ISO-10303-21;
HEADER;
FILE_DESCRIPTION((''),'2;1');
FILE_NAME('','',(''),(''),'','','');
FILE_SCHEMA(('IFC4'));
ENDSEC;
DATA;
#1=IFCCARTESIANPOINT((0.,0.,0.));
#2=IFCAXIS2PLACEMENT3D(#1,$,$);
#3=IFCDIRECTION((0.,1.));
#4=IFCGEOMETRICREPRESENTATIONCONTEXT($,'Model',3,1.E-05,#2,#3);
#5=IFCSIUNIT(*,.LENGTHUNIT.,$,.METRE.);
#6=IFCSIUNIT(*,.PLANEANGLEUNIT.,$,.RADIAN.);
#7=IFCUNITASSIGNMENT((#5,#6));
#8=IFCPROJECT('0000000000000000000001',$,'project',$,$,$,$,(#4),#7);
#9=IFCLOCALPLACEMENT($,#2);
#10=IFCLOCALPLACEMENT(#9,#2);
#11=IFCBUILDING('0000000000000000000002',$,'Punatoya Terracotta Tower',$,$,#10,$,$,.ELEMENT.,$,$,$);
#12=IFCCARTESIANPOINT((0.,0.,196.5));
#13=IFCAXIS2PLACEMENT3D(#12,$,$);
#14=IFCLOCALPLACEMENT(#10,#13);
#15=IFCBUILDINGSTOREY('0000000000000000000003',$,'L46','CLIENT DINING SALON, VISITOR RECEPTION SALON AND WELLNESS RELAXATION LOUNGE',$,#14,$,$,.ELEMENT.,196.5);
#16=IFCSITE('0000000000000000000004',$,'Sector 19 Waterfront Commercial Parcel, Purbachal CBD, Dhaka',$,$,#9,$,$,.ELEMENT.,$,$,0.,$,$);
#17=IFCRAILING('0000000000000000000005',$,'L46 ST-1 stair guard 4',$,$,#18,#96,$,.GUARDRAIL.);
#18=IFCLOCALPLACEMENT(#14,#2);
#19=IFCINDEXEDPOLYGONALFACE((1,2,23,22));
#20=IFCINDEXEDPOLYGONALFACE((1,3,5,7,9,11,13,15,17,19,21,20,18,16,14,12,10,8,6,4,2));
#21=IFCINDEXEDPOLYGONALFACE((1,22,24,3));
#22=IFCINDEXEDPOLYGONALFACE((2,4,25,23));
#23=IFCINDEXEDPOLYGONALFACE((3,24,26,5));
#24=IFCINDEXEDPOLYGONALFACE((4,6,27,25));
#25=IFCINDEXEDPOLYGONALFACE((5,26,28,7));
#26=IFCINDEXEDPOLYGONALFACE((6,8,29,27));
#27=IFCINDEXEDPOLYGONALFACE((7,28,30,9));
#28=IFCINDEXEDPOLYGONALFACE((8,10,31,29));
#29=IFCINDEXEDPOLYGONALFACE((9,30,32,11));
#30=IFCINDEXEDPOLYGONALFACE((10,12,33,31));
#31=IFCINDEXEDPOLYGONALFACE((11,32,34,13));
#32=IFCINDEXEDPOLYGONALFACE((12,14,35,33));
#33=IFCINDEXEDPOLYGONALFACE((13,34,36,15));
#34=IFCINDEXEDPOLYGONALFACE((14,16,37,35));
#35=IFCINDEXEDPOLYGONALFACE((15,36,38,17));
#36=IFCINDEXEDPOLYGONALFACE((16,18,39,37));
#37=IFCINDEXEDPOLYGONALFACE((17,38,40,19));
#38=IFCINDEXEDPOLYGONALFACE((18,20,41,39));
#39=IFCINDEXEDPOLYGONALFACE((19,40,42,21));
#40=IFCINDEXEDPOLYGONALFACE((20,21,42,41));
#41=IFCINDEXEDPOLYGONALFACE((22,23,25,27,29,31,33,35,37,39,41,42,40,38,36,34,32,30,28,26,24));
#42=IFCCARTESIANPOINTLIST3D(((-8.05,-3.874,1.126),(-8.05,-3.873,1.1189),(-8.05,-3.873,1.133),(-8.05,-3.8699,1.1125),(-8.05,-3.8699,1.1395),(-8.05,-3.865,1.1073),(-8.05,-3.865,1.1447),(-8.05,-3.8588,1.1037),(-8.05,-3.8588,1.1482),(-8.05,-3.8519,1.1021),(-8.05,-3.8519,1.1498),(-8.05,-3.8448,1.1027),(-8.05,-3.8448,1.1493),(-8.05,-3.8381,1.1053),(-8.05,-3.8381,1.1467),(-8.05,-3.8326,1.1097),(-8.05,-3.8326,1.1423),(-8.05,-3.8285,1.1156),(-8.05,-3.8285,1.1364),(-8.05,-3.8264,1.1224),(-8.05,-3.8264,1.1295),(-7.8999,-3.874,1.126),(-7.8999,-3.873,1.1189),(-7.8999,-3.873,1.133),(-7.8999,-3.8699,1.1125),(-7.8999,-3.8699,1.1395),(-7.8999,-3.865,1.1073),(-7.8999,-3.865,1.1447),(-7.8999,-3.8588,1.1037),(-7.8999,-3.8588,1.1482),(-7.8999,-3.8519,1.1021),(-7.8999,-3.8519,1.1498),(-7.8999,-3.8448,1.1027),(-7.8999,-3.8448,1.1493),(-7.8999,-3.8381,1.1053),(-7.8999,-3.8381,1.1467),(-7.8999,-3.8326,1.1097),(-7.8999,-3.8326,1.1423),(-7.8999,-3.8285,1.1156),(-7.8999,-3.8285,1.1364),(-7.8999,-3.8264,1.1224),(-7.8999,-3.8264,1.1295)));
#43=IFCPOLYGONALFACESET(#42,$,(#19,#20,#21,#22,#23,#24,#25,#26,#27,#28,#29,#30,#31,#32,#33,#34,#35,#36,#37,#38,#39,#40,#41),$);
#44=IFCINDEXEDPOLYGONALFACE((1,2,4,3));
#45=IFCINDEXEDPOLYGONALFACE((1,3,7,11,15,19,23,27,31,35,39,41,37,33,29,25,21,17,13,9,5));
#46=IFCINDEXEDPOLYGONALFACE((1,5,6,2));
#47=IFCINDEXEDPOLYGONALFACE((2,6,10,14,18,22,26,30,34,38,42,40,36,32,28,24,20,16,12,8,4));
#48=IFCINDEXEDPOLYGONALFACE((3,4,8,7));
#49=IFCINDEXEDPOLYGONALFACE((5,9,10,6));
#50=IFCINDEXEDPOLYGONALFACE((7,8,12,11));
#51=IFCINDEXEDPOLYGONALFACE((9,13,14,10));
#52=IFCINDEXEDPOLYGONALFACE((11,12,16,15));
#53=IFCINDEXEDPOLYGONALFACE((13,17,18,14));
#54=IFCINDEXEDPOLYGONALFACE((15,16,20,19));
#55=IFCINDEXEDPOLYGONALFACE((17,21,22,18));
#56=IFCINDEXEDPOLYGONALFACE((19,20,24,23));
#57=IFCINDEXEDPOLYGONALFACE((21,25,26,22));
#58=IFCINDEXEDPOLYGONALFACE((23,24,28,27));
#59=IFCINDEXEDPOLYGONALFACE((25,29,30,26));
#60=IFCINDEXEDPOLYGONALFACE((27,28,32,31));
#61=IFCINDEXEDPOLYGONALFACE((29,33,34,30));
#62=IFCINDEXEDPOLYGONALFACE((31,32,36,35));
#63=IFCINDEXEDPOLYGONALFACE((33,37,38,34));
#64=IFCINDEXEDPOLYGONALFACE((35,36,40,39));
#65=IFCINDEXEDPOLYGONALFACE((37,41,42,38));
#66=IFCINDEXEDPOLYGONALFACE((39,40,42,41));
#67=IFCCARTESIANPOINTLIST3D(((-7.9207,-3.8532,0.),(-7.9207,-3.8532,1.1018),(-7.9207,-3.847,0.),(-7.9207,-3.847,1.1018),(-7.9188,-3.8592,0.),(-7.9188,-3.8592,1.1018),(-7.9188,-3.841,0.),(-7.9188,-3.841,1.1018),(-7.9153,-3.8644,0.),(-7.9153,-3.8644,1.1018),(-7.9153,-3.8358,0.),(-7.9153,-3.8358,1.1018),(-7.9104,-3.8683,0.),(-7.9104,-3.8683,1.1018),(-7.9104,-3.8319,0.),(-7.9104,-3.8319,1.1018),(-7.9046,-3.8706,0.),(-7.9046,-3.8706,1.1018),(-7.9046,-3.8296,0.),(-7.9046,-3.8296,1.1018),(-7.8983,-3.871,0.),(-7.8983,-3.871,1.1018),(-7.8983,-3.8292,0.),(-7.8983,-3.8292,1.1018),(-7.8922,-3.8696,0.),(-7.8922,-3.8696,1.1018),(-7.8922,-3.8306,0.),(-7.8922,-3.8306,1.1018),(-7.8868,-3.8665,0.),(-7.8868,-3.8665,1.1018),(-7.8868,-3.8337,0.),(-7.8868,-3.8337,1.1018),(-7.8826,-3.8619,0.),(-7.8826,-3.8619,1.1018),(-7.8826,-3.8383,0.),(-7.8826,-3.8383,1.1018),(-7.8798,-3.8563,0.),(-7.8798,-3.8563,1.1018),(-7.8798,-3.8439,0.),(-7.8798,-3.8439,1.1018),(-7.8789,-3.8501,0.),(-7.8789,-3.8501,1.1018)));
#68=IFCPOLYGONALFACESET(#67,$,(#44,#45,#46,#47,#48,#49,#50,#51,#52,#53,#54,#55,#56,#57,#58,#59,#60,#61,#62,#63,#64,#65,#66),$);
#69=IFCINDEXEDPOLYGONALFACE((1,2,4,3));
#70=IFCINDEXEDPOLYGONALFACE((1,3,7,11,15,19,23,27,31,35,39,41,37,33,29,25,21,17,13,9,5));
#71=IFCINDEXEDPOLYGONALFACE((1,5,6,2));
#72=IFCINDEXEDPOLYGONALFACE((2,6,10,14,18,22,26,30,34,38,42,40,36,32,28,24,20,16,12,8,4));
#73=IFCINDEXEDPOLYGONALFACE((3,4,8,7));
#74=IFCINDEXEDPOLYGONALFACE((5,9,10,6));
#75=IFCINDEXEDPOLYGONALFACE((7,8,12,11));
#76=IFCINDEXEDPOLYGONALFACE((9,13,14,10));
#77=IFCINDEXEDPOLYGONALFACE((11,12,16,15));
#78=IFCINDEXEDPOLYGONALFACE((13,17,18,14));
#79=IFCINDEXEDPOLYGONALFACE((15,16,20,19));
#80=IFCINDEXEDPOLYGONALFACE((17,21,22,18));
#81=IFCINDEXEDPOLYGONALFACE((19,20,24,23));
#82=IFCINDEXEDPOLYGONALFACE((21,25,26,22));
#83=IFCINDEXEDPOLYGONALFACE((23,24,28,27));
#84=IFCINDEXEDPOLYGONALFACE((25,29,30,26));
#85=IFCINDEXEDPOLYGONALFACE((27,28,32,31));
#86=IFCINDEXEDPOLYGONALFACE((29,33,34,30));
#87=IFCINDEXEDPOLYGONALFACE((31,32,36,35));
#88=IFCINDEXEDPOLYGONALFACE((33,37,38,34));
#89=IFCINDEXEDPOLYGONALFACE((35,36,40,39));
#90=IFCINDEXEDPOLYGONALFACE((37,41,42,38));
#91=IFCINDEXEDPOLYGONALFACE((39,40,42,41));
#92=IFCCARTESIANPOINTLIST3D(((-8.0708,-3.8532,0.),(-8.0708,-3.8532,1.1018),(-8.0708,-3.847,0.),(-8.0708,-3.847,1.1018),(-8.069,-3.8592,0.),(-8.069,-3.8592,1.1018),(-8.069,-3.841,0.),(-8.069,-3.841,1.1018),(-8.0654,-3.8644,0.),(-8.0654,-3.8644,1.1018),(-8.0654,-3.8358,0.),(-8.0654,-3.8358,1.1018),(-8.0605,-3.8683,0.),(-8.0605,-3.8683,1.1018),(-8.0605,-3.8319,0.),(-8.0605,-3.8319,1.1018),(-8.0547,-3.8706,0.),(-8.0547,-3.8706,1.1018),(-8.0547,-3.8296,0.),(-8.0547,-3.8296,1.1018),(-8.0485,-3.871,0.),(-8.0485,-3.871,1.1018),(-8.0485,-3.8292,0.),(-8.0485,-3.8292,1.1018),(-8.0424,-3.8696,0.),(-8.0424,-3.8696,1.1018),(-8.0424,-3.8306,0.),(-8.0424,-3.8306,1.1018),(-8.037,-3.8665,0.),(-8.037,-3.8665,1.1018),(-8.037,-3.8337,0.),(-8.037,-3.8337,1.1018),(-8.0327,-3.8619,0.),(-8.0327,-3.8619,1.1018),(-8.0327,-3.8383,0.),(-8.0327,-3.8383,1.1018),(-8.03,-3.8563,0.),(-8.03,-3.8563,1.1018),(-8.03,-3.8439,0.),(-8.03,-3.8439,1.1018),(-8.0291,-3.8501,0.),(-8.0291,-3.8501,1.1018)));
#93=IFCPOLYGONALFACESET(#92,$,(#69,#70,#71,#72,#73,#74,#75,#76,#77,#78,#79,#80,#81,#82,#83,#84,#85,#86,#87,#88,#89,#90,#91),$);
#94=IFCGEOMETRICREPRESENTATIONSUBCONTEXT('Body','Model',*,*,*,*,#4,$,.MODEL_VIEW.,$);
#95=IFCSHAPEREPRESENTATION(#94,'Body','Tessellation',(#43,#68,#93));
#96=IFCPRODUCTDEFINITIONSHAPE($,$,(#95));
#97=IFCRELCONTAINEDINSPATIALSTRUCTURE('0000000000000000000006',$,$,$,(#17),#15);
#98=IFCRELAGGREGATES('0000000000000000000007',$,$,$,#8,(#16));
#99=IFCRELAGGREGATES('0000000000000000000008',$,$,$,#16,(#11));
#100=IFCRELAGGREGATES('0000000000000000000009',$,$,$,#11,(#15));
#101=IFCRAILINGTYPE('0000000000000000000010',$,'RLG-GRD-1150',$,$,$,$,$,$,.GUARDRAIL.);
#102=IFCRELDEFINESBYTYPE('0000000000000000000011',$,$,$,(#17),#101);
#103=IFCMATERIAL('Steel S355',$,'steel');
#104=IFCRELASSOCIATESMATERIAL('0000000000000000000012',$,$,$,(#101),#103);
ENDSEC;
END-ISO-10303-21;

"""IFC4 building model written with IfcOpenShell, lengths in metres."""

from ifc_helpers import new_model, si_unit, direction, frame, origin, origin_2d, place, context, subcontext, project, spatial, circle, extrude, material, type_object, element, save


model = new_model("IFC4")

# Units and contexts
model_context = context("Model", 3, precision=1e-05, world=origin(), true_north=direction((0.0, 1.0)))
body_context = subcontext(model_context, "Body", "Model", "MODEL_VIEW")
ifc_project = project(units=[si_unit("LENGTHUNIT", "METRE"), si_unit("PLANEANGLEUNIT", "RADIAN")], contexts=[model_context])

# Site, building, storey
site_placement = place(None, origin())
site = spatial("IfcSite", under=ifc_project, at=site_placement, Name="Sector 19 Waterfront Commercial Parcel, Purbachal CBD, Dhaka", CompositionType="ELEMENT", RefElevation=0.0)
building_placement = place(site_placement, origin())
building = spatial("IfcBuilding", under=site, at=building_placement, Name="Punatoya Terracotta Tower", CompositionType="ELEMENT")
storey_placement = place(building_placement, frame((0.0, 0.0, 196.5)))
storey = spatial("IfcBuildingStorey", under=building, at=storey_placement, Name="L46", Description="CLIENT DINING SALON, VISITOR RECEPTION SALON AND WELLNESS RELAXATION LOUNGE", CompositionType="ELEMENT", Elevation=196.5)

# Shared definitions
ifc_material_1 = material(Name="Steel S355", Category="steel")

# Railing
railing_type_1 = type_object("IfcRailingType", Name="RLG-GRD-1150", PredefinedType="GUARDRAIL", material=ifc_material_1)
railing_1_placement = place(storey_placement, frame((-7.8999, -3.8501, 0.0)))
element("IfcRailing", 1, at=railing_1_placement, inside=storey, type_object=railing_type_1, Name="L46 ST-1 stair guard 4", PredefinedType="GUARDRAIL", context=body_context, shape_type="SweptSolid", body=[
    extrude(circle(Radius=0.0239, at=origin_2d()), frame((0.0, 0.0, 1.126), z_axis=(-1.0, 0.0, 0.0), x_axis=(0.0, -1.0, 0.0)), (0.0, 0.0, 1.0), 0.1501),
    extrude(circle(Radius=0.021, at=origin_2d()), origin(), (0.0, 0.0, 1.0), 1.1018),
    extrude(circle(Radius=0.021, at=origin_2d()), frame((-0.1501, 0.0, 0.0)), (0.0, 0.0, 1.0), 1.1018),
])

save(model, "model.ifc")
